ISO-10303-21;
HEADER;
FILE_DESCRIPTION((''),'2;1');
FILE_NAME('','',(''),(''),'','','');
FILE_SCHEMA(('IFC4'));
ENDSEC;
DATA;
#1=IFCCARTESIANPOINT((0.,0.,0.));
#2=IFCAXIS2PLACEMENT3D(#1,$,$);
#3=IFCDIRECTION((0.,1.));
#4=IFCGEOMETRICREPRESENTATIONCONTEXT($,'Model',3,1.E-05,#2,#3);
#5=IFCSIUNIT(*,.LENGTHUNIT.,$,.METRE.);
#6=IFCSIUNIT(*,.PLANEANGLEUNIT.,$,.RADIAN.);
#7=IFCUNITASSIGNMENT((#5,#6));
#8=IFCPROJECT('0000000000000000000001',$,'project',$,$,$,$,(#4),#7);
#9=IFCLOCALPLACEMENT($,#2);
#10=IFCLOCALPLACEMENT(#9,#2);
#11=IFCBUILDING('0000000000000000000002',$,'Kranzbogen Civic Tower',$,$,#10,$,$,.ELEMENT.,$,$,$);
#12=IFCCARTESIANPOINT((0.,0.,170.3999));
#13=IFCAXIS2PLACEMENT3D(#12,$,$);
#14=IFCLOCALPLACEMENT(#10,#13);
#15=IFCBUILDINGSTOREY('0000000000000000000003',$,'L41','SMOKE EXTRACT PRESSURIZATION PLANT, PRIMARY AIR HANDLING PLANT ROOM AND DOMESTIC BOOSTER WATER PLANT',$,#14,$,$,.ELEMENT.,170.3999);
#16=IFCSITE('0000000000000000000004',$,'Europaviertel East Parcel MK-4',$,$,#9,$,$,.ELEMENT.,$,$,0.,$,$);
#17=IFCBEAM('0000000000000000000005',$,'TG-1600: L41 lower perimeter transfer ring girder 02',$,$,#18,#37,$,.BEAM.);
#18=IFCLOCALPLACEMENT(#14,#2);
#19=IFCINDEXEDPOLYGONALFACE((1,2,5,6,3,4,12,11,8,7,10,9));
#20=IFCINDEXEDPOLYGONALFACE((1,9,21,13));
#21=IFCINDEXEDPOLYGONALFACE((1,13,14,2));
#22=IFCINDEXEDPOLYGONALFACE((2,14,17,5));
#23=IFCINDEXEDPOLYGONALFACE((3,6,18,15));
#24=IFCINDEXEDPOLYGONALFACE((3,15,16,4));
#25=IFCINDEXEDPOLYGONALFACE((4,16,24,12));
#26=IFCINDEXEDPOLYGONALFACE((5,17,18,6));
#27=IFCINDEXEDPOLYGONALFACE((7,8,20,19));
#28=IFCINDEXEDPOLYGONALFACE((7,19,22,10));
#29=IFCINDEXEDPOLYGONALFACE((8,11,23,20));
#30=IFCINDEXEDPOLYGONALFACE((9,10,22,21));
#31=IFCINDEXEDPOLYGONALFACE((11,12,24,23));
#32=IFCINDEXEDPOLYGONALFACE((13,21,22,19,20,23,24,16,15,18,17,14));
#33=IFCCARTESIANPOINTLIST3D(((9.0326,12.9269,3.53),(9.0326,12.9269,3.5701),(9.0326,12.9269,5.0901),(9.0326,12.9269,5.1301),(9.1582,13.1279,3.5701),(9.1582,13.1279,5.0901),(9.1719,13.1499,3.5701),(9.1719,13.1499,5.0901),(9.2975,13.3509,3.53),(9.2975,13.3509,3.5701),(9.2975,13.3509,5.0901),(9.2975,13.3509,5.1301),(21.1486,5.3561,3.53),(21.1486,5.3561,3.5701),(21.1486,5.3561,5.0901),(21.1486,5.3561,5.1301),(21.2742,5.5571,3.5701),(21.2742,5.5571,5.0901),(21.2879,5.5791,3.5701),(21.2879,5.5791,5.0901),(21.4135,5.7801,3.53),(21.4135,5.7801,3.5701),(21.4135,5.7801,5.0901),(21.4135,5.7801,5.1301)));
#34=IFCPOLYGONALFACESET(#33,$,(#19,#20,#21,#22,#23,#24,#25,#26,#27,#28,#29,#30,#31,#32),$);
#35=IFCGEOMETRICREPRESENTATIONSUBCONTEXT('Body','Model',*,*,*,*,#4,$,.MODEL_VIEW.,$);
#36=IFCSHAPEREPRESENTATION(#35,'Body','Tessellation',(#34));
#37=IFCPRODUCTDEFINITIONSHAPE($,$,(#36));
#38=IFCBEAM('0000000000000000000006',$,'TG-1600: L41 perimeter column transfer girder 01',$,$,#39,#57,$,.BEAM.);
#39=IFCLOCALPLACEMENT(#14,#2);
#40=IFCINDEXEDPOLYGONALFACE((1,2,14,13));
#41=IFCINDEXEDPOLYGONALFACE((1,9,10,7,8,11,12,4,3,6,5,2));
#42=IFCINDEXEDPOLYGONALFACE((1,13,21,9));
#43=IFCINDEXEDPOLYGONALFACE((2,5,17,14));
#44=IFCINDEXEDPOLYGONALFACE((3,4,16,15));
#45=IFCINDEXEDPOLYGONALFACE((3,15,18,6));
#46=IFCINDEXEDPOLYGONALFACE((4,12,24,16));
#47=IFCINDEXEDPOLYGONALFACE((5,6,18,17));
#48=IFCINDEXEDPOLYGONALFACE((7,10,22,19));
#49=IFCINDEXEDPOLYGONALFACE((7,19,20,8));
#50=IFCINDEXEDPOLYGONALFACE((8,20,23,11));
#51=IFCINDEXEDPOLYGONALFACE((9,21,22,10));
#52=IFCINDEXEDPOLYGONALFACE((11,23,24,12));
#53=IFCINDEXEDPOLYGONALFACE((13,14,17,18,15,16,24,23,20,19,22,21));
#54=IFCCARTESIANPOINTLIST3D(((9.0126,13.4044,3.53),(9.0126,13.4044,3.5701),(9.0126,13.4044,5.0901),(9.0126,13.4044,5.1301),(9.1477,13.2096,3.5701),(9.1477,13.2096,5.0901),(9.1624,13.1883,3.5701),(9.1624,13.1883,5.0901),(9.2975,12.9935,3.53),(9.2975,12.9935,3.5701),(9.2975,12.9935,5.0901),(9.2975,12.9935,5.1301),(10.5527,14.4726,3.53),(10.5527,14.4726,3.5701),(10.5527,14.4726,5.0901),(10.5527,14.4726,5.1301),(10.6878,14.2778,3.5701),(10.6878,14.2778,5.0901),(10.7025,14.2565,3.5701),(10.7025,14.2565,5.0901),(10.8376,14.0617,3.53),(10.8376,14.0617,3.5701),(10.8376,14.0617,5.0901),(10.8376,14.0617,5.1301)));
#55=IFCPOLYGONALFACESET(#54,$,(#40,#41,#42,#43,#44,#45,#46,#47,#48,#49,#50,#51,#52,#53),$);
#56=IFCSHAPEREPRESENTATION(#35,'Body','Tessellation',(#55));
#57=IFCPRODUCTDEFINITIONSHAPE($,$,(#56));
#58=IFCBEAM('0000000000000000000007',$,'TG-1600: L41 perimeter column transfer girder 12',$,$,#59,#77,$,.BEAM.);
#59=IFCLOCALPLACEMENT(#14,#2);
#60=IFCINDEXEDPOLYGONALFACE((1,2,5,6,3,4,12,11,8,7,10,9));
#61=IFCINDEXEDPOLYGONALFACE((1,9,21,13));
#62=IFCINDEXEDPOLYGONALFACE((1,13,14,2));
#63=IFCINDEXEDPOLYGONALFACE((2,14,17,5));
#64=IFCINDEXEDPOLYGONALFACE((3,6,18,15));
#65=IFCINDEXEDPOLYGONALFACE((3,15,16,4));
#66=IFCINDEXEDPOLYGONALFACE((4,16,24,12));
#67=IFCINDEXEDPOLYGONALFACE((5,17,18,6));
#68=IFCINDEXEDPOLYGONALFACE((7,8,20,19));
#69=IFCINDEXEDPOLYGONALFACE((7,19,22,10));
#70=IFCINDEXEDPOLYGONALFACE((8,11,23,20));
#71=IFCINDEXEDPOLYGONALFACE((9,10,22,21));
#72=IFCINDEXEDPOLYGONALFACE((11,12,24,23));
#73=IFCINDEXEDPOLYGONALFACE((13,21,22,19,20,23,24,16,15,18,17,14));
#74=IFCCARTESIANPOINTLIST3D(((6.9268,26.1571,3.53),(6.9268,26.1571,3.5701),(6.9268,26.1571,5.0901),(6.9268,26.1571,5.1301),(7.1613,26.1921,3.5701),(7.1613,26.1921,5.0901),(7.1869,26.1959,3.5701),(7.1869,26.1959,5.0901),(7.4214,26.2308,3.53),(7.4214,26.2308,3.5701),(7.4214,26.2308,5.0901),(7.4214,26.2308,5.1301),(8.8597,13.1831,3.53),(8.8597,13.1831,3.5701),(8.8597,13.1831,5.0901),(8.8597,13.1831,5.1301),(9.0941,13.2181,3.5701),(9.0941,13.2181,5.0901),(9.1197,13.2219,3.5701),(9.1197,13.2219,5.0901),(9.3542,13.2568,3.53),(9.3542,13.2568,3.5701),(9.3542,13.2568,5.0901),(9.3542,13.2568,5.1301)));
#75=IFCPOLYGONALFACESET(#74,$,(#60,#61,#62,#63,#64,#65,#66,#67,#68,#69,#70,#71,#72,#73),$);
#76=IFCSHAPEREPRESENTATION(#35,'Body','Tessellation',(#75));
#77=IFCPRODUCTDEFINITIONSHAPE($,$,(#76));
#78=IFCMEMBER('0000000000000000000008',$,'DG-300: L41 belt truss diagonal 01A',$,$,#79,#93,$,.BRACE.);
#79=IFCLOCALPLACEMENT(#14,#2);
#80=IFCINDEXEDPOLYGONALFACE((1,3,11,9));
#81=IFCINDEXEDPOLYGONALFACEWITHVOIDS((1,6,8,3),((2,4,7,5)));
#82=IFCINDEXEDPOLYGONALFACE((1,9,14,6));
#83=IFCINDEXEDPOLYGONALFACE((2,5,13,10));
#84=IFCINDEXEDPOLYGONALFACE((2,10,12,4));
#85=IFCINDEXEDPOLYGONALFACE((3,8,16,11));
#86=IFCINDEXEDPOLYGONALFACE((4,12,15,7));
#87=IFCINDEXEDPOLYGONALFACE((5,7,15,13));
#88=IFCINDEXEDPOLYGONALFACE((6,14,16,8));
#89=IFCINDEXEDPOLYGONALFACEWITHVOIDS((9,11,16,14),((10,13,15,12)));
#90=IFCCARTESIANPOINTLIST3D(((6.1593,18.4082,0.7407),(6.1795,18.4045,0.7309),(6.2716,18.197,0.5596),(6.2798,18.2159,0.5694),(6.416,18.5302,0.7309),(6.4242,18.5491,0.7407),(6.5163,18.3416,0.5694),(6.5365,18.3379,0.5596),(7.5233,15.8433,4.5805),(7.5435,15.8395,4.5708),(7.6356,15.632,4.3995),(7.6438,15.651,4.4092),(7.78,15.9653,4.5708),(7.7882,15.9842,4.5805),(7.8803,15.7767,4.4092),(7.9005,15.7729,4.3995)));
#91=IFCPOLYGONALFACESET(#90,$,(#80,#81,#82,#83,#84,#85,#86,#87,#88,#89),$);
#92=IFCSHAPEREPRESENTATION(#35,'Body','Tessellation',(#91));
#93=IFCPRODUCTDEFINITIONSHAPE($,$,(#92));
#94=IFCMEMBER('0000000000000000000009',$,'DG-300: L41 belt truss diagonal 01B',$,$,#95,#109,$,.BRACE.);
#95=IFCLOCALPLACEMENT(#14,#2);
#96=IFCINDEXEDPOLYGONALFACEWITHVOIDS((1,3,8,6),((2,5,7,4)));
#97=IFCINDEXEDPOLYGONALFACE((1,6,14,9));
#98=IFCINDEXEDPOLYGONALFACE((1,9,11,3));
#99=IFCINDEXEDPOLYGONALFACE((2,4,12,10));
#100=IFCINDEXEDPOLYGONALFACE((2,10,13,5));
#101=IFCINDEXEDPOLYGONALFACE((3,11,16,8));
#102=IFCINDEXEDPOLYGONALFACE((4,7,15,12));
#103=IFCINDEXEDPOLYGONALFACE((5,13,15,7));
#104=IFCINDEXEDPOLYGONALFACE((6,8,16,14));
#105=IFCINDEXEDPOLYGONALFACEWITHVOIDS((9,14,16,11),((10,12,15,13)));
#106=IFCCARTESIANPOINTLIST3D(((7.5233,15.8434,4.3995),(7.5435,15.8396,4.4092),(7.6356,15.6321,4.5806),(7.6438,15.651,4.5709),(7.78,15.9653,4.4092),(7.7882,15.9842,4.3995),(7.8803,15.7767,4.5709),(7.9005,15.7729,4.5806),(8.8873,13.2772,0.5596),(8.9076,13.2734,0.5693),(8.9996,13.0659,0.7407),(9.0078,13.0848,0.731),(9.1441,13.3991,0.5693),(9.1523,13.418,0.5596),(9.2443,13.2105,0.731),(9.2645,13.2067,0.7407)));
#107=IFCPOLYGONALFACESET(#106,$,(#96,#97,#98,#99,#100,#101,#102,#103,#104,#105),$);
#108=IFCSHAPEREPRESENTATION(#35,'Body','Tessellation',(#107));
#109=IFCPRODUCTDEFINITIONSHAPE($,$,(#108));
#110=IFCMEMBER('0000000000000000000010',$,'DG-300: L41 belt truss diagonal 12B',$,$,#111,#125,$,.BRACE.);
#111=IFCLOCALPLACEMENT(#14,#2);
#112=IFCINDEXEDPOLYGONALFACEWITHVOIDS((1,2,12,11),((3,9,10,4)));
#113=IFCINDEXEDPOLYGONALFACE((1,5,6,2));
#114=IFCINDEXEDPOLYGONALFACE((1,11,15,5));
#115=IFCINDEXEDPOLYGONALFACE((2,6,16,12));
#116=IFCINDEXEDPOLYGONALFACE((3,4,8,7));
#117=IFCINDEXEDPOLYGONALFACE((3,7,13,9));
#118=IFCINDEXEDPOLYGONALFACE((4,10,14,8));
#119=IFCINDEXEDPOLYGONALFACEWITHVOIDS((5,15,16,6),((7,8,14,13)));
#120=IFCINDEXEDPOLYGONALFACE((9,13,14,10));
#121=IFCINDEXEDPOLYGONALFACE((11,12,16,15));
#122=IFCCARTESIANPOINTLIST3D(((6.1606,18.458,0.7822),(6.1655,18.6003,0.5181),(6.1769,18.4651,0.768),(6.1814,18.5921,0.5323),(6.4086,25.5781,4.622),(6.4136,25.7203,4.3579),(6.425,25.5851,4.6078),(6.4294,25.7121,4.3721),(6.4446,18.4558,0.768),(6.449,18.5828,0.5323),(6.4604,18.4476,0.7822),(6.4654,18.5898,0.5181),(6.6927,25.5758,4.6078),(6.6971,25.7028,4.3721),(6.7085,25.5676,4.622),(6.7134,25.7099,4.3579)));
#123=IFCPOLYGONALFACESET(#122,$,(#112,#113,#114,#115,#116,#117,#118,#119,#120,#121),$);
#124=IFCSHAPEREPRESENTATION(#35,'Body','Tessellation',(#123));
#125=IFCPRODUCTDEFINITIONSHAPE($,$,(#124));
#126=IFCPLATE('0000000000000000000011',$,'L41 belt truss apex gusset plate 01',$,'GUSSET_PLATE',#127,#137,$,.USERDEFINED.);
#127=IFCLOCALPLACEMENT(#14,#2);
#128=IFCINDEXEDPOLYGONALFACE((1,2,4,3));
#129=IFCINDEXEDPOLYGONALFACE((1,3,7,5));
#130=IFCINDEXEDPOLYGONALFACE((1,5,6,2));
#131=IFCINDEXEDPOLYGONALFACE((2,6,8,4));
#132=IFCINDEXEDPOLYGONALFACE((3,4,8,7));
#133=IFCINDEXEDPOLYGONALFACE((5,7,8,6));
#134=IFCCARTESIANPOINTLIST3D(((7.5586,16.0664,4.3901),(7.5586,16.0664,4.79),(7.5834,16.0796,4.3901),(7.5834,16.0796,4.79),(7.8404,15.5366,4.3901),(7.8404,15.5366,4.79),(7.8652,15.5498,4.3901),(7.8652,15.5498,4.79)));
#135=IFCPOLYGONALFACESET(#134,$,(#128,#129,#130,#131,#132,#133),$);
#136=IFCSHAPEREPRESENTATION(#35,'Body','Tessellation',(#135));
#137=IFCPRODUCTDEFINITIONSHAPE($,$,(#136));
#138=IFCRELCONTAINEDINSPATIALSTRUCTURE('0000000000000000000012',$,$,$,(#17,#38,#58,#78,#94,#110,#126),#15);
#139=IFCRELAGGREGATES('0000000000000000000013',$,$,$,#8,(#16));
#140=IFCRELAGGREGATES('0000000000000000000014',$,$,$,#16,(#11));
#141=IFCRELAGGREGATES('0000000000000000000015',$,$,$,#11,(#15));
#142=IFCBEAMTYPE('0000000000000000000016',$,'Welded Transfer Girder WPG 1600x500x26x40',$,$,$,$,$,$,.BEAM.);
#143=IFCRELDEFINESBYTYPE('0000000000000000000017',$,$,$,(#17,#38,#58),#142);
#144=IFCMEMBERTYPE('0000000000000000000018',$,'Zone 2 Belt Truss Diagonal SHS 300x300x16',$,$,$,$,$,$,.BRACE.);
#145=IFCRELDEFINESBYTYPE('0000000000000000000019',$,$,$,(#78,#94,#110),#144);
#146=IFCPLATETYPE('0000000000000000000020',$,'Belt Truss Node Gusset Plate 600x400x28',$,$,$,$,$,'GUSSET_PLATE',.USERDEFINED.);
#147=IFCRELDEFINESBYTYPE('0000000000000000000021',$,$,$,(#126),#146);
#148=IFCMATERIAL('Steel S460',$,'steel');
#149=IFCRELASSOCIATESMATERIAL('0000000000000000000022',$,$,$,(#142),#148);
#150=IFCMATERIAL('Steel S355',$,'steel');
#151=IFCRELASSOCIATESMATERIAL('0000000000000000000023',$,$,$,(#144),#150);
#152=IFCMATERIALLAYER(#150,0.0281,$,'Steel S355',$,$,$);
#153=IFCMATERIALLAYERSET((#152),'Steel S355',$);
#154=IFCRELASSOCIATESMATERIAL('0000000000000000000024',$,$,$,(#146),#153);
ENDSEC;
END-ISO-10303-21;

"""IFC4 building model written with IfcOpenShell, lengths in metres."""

from ifc_helpers import new_model, si_unit, direction, frame, origin, origin_2d, place, context, subcontext, project, spatial, rectangle, hollow_rectangle, i_section, extrude, material, layer, layer_set, material_profile, profile_set, type_object, element, save


model = new_model("IFC4")

# Units and contexts
model_context = context("Model", 3, precision=1e-05, world=origin(), true_north=direction((0.0, 1.0)))
body_context = subcontext(model_context, "Body", "Model", "MODEL_VIEW")
ifc_project = project(units=[si_unit("LENGTHUNIT", "METRE"), si_unit("PLANEANGLEUNIT", "RADIAN")], contexts=[model_context])

# Site, building, storey
site_placement = place(None, origin())
site = spatial("IfcSite", under=ifc_project, at=site_placement, Name="Europaviertel East Parcel MK-4", CompositionType="ELEMENT", RefElevation=0.0)
building_placement = place(site_placement, origin())
building = spatial("IfcBuilding", under=site, at=building_placement, Name="Kranzbogen Civic Tower", CompositionType="ELEMENT")
storey_placement = place(building_placement, frame((0.0, 0.0, 170.3999)))
storey = spatial("IfcBuildingStorey", under=building, at=storey_placement, Name="L41", Description="SMOKE EXTRACT PRESSURIZATION PLANT, PRIMARY AIR HANDLING PLANT ROOM AND DOMESTIC BOOSTER WATER PLANT", CompositionType="ELEMENT", Elevation=170.3999)

# Shared definitions
ifc_material_1 = material(Name="Steel S355", Category="steel")

# Shared definitions
ifc_material_2 = material(Name="Steel S460", Category="steel")

# Beams
ifc_material_profile_1 = material_profile(ifc_material_2, i_section(OverallWidth=0.5, OverallDepth=1.6001, WebThickness=0.0259, FlangeThickness=0.04, at=origin_2d()), Name="WPG 1600x500x26x40")
ifc_profile_set_1 = profile_set([ifc_material_profile_1], Name="Steel S460")
beam_type = type_object("IfcBeamType", Name="Welded Transfer Girder WPG 1600x500x26x40", PredefinedType="BEAM", material=ifc_profile_set_1)
beam_1_placement = place(storey_placement, frame((9.165, 13.1389, 4.3301), z_axis=(0.848051, -0.529914, 0.0), x_axis=(0.529914, 0.848051, 0.0)))
element("IfcBeam", 1, at=beam_1_placement, inside=storey, type_object=beam_type, Name="TG-1600: L41 lower perimeter transfer ring girder 02", PredefinedType="BEAM", context=body_context, shape_type="SweptSolid", body=[
    extrude(i_section(OverallWidth=0.5, OverallDepth=1.6001, WebThickness=0.0259, FlangeThickness=0.04, at=origin_2d()), origin(), (0.0, 0.0, 1.0), 14.2869),
])
beam_2_placement = place(storey_placement, frame((9.155, 13.199, 4.3301), z_axis=(0.821709, 0.569907, 0.0), x_axis=(-0.569907, 0.821709, 0.0)))
element("IfcBeam", 2, at=beam_2_placement, inside=storey, type_object=beam_type, Name="TG-1600: L41 perimeter column transfer girder 01", PredefinedType="BEAM", context=body_context, shape_type="SweptSolid", body=[
    extrude(i_section(OverallWidth=0.5, OverallDepth=1.6001, WebThickness=0.0259, FlangeThickness=0.04, at=origin_2d()), origin(), (0.0, 0.0, 1.0), 1.8743),
])
beam_3_placement = place(storey_placement, frame((9.1069, 13.22, 4.3301), z_axis=(-0.147352, 0.989084, 0.0), x_axis=(-0.989084, -0.147352, 0.0)))
element("IfcBeam", 3, at=beam_3_placement, inside=storey, type_object=beam_type, Name="TG-1600: L41 perimeter column transfer girder 12", PredefinedType="BEAM", context=body_context, shape_type="SweptSolid", body=[
    extrude(i_section(OverallWidth=0.5, OverallDepth=1.6001, WebThickness=0.0259, FlangeThickness=0.04, at=origin_2d()), origin(), (0.0, 0.0, 1.0), 13.1172),
])

# Members
ifc_material_profile_2 = material_profile(ifc_material_1, hollow_rectangle(XDim=0.3, YDim=0.3, WallThickness=0.0161, at=origin_2d()), Name="SHS 300x300x16")
ifc_profile_set_2 = profile_set([ifc_material_profile_2], Name="Steel S355")
member_type_1 = type_object("IfcMemberType", Name="Zone 2 Belt Truss Diagonal SHS 300x300x16", PredefinedType="BRACE", material=ifc_profile_set_2)
member_1_placement = place(storey_placement, frame((6.3479, 18.373, 0.6501), z_axis=(0.283286, -0.532702, 0.797482), x_axis=(0.882918, 0.469528, 0.0)))
element("IfcMember", 4, at=member_1_placement, inside=storey, type_object=member_type_1, Name="DG-300: L41 belt truss diagonal 01A", PredefinedType="BRACE", context=body_context, shape_type="SweptSolid", body=[
    extrude(hollow_rectangle(XDim=0.3, YDim=0.3, WallThickness=0.0161, at=origin_2d()), origin(), (0.0, 0.0, 1.0), 4.8149),
])
member_2_placement = place(storey_placement, frame((9.0759, 13.2419, 0.6501), z_axis=(-0.283248, 0.532884, 0.797374), x_axis=(-0.88301, -0.469354, 0.0)))
element("IfcMember", 5, at=member_2_placement, inside=storey, type_object=member_type_1, Name="DG-300: L41 belt truss diagonal 01B", PredefinedType="BRACE", context=body_context, shape_type="SweptSolid", body=[
    extrude(hollow_rectangle(XDim=0.3, YDim=0.3, WallThickness=0.0161, at=origin_2d()), origin(), (0.0, 0.0, 1.0), 4.8157),
])
member_3_placement = place(storey_placement, frame((6.313, 18.5239, 0.6501), z_axis=(0.030648, 0.879751, 0.474445), x_axis=(-0.999394, 0.034816, 0.0)))
element("IfcMember", 6, at=member_3_placement, inside=storey, type_object=member_type_1, Name="DG-300: L41 belt truss diagonal 12B", PredefinedType="BRACE", context=body_context, shape_type="SweptSolid", body=[
    extrude(hollow_rectangle(XDim=0.3, YDim=0.3, WallThickness=0.0161, at=origin_2d()), origin(), (0.0, 0.0, 1.0), 8.0933),
])

# Plate
ifc_layer_1 = layer(ifc_material_1, 0.0281, Name="Steel S355")
ifc_layer_set_1 = layer_set([ifc_layer_1], Name="Steel S355")
plate_type_1 = type_object("IfcPlateType", Name="Belt Truss Node Gusset Plate 600x400x28", ElementType="GUSSET_PLATE", PredefinedType="USERDEFINED", material=ifc_layer_set_1)
plate_placement = place(storey_placement, frame((7.7119, 15.8081, 4.3901), z_axis=(0.0, 0.0, 1.0), x_axis=(0.469518, -0.882923, 0.0)))
element("IfcPlate", 7, at=plate_placement, inside=storey, type_object=plate_type_1, Name="L41 belt truss apex gusset plate 01", ObjectType="GUSSET_PLATE", PredefinedType="USERDEFINED", context=body_context, shape_type="SweptSolid", body=[
    extrude(rectangle(XDim=0.6001, YDim=0.0281, at=origin_2d()), origin(), (0.0, 0.0, 1.0), 0.3999),
])

save(model, "model.ifc")
